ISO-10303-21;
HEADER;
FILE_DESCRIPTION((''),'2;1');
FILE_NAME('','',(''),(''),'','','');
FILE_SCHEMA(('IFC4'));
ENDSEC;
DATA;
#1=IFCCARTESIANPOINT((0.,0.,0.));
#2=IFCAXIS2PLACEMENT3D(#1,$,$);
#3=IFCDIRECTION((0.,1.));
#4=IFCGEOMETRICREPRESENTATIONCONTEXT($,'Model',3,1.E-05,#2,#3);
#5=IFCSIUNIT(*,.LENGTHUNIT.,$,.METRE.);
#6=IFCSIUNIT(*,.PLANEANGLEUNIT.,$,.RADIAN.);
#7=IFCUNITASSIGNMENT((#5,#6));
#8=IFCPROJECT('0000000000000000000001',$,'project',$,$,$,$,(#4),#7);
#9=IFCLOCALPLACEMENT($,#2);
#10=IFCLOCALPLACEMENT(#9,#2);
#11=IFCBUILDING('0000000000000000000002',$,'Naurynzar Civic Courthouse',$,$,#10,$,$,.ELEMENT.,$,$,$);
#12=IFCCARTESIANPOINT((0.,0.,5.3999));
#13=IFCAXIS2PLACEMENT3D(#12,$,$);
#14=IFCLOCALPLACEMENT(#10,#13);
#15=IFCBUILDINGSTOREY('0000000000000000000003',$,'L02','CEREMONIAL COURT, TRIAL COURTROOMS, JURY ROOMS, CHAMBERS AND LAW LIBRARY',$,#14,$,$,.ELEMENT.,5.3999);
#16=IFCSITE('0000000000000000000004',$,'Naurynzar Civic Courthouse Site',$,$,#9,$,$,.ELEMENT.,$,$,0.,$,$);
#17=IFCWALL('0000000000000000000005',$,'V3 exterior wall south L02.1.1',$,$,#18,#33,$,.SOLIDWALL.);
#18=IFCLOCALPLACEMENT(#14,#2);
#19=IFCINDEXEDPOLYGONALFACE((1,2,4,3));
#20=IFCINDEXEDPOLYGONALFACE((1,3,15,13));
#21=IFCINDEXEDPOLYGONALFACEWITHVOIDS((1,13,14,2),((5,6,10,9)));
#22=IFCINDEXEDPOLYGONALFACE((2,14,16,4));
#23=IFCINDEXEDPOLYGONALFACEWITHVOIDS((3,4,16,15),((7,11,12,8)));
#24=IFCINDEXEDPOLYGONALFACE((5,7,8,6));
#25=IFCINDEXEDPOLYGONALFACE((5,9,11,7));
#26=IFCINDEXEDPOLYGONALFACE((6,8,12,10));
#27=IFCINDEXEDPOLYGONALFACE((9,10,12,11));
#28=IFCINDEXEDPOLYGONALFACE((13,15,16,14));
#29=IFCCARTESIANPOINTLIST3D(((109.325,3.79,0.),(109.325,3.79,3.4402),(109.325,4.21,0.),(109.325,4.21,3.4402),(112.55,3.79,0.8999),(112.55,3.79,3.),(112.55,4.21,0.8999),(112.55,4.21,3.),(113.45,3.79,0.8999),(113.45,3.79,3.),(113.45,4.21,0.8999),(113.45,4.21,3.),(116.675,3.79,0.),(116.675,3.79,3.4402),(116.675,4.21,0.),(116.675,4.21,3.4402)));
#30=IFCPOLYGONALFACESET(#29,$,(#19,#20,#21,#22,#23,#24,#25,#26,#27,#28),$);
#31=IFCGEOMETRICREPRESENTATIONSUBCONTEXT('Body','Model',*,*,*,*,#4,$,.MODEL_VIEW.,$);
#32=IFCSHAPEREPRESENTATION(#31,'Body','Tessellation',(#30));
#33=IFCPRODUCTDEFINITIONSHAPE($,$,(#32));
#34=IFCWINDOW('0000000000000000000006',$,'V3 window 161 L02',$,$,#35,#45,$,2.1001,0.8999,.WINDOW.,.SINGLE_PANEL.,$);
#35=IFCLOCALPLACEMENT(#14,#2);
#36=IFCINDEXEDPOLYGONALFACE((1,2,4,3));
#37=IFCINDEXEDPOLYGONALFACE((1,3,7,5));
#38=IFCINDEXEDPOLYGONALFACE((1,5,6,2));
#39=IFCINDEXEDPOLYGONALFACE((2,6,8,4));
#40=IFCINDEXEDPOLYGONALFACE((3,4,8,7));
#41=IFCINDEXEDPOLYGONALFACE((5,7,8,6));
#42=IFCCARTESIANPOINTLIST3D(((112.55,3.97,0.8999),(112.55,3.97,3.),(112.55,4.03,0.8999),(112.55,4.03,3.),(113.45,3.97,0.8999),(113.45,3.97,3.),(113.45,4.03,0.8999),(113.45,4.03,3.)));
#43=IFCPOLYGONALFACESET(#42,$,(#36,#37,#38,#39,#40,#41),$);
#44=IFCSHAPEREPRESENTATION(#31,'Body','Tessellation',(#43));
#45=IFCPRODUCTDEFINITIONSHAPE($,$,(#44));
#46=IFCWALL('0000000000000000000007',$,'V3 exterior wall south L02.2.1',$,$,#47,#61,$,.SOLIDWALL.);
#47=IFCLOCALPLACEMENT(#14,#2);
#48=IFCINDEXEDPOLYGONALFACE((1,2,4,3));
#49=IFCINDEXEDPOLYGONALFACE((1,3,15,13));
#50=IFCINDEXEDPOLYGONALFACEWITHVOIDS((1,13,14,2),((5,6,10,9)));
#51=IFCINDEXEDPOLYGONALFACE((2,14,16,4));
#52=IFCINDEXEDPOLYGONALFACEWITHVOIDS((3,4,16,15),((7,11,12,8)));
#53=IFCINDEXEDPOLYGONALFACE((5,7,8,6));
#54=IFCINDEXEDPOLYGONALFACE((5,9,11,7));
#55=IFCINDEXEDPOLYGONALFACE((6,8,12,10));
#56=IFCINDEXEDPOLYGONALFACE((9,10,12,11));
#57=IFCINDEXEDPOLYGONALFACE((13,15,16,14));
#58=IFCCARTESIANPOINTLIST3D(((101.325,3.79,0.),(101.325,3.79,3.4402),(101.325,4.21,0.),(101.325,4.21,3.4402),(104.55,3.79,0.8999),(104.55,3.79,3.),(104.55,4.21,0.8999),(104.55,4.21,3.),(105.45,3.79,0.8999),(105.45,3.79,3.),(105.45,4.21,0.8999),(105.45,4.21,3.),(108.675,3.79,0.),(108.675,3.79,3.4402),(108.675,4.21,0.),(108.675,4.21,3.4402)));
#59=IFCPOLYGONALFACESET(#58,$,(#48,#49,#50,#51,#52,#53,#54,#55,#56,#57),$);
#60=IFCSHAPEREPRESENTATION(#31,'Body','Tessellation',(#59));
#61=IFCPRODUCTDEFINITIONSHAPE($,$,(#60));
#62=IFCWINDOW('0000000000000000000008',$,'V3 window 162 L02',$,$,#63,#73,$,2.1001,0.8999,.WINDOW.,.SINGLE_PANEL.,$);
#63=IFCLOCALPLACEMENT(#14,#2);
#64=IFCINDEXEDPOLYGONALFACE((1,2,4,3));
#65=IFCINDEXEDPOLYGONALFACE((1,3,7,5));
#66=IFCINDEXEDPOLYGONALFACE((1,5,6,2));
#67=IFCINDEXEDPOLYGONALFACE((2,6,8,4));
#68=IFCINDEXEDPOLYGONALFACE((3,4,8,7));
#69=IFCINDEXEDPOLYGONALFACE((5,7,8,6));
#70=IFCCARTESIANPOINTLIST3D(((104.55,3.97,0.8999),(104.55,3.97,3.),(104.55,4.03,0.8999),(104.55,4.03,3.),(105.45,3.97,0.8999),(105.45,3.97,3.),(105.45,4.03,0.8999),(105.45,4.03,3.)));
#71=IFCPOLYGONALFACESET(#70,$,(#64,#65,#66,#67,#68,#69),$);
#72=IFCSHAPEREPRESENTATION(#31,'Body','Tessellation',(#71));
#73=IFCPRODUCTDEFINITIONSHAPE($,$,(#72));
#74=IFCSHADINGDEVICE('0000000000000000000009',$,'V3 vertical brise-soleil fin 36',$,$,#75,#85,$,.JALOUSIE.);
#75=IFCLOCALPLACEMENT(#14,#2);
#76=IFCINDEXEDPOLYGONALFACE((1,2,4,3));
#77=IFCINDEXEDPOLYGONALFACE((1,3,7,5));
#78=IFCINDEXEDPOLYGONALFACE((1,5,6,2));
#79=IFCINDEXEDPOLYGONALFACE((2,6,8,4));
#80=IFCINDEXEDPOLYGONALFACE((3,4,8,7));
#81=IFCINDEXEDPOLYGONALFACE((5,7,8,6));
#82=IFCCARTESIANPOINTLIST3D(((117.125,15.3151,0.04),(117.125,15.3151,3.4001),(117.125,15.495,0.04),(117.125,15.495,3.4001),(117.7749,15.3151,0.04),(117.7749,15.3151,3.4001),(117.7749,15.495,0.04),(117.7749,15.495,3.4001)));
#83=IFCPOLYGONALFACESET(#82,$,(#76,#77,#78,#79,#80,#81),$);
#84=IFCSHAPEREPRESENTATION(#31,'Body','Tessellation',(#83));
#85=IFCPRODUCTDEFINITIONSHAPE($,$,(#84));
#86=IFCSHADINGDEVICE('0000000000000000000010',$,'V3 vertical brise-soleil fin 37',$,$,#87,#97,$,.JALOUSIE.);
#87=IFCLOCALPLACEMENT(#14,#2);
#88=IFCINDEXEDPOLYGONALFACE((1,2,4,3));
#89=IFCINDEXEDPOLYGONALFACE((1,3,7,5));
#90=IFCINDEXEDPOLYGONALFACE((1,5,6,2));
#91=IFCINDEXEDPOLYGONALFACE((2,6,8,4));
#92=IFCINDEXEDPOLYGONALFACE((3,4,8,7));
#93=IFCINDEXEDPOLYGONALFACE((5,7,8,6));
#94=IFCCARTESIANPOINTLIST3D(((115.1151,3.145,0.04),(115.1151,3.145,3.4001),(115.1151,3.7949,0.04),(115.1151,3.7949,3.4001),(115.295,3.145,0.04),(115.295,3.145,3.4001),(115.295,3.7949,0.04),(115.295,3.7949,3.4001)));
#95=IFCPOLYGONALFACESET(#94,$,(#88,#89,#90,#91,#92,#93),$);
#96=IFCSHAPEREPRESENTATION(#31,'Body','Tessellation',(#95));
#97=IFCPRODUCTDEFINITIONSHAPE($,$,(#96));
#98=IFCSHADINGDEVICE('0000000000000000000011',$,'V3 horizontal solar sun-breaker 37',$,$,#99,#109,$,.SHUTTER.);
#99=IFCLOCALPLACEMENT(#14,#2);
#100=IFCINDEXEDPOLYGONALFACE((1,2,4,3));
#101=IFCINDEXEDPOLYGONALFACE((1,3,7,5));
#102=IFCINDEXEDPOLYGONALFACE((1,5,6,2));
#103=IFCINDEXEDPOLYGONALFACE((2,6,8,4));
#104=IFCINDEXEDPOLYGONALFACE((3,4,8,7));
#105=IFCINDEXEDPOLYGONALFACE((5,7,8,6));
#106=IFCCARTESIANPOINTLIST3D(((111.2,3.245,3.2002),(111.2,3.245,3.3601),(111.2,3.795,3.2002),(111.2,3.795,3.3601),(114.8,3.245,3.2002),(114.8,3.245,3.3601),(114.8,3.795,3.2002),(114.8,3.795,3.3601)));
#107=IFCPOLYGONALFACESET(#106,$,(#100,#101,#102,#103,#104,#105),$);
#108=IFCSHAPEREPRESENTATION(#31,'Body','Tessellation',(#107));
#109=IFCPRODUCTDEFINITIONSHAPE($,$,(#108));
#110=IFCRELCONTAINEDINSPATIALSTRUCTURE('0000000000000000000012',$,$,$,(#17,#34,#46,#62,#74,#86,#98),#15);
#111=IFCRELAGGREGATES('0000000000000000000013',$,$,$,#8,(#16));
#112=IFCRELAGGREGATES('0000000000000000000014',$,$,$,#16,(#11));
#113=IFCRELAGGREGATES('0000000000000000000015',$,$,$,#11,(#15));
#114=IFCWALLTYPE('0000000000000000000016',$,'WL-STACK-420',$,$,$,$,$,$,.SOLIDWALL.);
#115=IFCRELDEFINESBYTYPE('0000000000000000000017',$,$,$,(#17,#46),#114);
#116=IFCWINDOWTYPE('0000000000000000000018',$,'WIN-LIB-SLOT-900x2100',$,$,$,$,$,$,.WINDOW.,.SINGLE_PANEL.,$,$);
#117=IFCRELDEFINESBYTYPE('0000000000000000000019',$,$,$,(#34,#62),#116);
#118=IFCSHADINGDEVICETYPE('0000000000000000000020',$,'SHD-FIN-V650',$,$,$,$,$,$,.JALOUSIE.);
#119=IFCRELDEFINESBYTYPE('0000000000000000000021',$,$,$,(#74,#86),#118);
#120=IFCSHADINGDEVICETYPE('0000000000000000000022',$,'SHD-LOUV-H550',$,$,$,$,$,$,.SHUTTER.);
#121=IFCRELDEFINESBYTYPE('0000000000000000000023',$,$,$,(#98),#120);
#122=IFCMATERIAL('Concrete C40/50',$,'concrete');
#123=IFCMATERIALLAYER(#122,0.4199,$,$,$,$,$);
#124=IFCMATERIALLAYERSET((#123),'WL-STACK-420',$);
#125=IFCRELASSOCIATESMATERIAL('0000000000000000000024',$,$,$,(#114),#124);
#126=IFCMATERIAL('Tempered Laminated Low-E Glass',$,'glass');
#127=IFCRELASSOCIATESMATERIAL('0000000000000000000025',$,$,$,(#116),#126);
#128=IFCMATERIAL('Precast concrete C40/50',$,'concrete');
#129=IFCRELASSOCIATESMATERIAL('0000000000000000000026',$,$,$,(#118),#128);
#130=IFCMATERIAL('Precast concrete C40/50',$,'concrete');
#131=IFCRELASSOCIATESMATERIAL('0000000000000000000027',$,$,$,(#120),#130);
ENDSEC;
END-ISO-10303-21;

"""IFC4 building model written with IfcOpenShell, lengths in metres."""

from ifc_helpers import new_model, si_unit, direction, frame, frame_2d, origin, origin_2d, place, context, subcontext, project, spatial, rectangle, extrude, material, layer, layer_set, type_object, element, fill, save


model = new_model("IFC4")

# Units and contexts
model_context = context("Model", 3, precision=1e-05, world=origin(), true_north=direction((0.0, 1.0)))
body_context = subcontext(model_context, "Body", "Model", "MODEL_VIEW")
ifc_project = project(units=[si_unit("LENGTHUNIT", "METRE"), si_unit("PLANEANGLEUNIT", "RADIAN")], contexts=[model_context])

# Site, building, storey
site_placement = place(None, origin())
site = spatial("IfcSite", under=ifc_project, at=site_placement, Name="Naurynzar Civic Courthouse Site", CompositionType="ELEMENT", RefElevation=0.0)
building_placement = place(site_placement, origin())
building = spatial("IfcBuilding", under=site, at=building_placement, Name="Naurynzar Civic Courthouse", CompositionType="ELEMENT")
storey_placement = place(building_placement, frame((0.0, 0.0, 5.3999)))
storey = spatial("IfcBuildingStorey", under=building, at=storey_placement, Name="L02", Description="CEREMONIAL COURT, TRIAL COURTROOMS, JURY ROOMS, CHAMBERS AND LAW LIBRARY", CompositionType="ELEMENT", Elevation=5.3999)

# Walls, openings, windows
ifc_material_1 = material(Name="Concrete C40/50", Category="concrete")
ifc_layer_1 = layer(ifc_material_1, 0.4199)
ifc_layer_set_1 = layer_set([ifc_layer_1], Name="WL-STACK-420")
wall_type_1 = type_object("IfcWallType", Name="WL-STACK-420", PredefinedType="SOLIDWALL", material=ifc_layer_set_1)
wall_1_placement = place(storey_placement, frame((116.675, 4.0, 0.0), z_axis=(0.0, 0.0, 1.0), x_axis=(-1.0, 0.0, 0.0)))
wall_1 = element("IfcWall", 1, at=wall_1_placement, inside=storey, type_object=wall_type_1, Name="V3 exterior wall south L02.1.1", PredefinedType="SOLIDWALL", context=body_context, shape_type="SweptSolid", body=[
    extrude(rectangle(XDim=7.3501, YDim=0.4199, at=frame_2d((3.675, 0.0))), origin(), (0.0, 0.0, 1.0), 3.4402),
])
opening_1_placement = place(wall_1_placement, frame((3.2251, 0.0, 0.8999)))
opening_1 = element("IfcOpeningElement", 2, at=opening_1_placement, cuts=wall_1, PredefinedType="OPENING", context=body_context, shape_type="SweptSolid", body=[
    extrude(rectangle(XDim=0.8999, YDim=2.1001, at=frame_2d((0.45, 1.05))), frame((0.0, 0.22, 0.0), z_axis=(0.0, -1.0, 0.0), x_axis=(1.0, 0.0, 0.0)), (0.0, 0.0, 1.0), 0.4399),
])
ifc_material_2 = material(Name="Tempered Laminated Low-E Glass", Category="glass")
window_type_1 = type_object("IfcWindowType", Name="WIN-LIB-SLOT-900x2100", PartitioningType="SINGLE_PANEL", PredefinedType="WINDOW", material=ifc_material_2)
window_1_placement = place(opening_1_placement, origin())
window_1 = element("IfcWindow", 3, at=window_1_placement, inside=storey, type_object=window_type_1, Name="V3 window 161 L02", OverallHeight=2.1001, OverallWidth=0.8999, PartitioningType="SINGLE_PANEL", PredefinedType="WINDOW", context=body_context, shape_type="SweptSolid", body=[
    extrude(rectangle(XDim=0.8999, YDim=2.1001, at=frame_2d((0.45, 1.05))), frame((0.0, 0.03, 0.0), z_axis=(0.0, -1.0, 0.0), x_axis=(1.0, 0.0, 0.0)), (0.0, 0.0, 1.0), 0.0601),
])
fill(opening_1, window_1)
wall_2_placement = place(storey_placement, frame((108.675, 4.0, 0.0), z_axis=(0.0, 0.0, 1.0), x_axis=(-1.0, 0.0, 0.0)))
wall_2 = element("IfcWall", 4, at=wall_2_placement, inside=storey, type_object=wall_type_1, Name="V3 exterior wall south L02.2.1", PredefinedType="SOLIDWALL", context=body_context, shape_type="SweptSolid", body=[
    extrude(rectangle(XDim=7.3501, YDim=0.4199, at=frame_2d((3.675, 0.0))), origin(), (0.0, 0.0, 1.0), 3.4402),
])
opening_2_placement = place(wall_2_placement, frame((3.2251, 0.0, 0.8999)))
opening_2 = element("IfcOpeningElement", 5, at=opening_2_placement, cuts=wall_2, PredefinedType="OPENING", context=body_context, shape_type="SweptSolid", body=[
    extrude(rectangle(XDim=0.8999, YDim=2.1001, at=frame_2d((0.45, 1.05))), frame((0.0, 0.22, 0.0), z_axis=(0.0, -1.0, 0.0), x_axis=(1.0, 0.0, 0.0)), (0.0, 0.0, 1.0), 0.4399),
])
window_2_placement = place(opening_2_placement, origin())
window_2 = element("IfcWindow", 6, at=window_2_placement, inside=storey, type_object=window_type_1, Name="V3 window 162 L02", OverallHeight=2.1001, OverallWidth=0.8999, PartitioningType="SINGLE_PANEL", PredefinedType="WINDOW", context=body_context, shape_type="SweptSolid", body=[
    extrude(rectangle(XDim=0.8999, YDim=2.1001, at=frame_2d((0.45, 1.05))), frame((0.0, 0.03, 0.0), z_axis=(0.0, -1.0, 0.0), x_axis=(1.0, 0.0, 0.0)), (0.0, 0.0, 1.0), 0.0601),
])
fill(opening_2, window_2)

# Shading devices
ifc_material_3 = material(Name="Precast concrete C40/50", Category="concrete")
shading_device_type_1 = type_object("IfcShadingDeviceType", Name="SHD-FIN-V650", PredefinedType="JALOUSIE", material=ifc_material_3)
for number, where, z_axis, x_axis, name in (
    (7, (117.45, 15.405, 0.04), (0.0, 0.0, 1.0), (0.0, -1.0, 0.0), "V3 vertical brise-soleil fin 36"),
    (8, (115.2051, 3.47, 0.04), (0.0, 0.0, 1.0), (-1.0, 0.0, 0.0), "V3 vertical brise-soleil fin 37"),
):
    element("IfcShadingDevice", number, at=place(storey_placement, frame(where, z_axis=z_axis, x_axis=x_axis)), inside=storey, type_object=shading_device_type_1, Name=name, PredefinedType="JALOUSIE", context=body_context, shape_type="SweptSolid", body=[
        extrude(rectangle(XDim=0.1799, YDim=0.6499, at=origin_2d()), origin(), (0.0, 0.0, 1.0), 3.3601),
    ])
ifc_material_4 = material(Name="Precast concrete C40/50", Category="concrete")
shading_device_type_2 = type_object("IfcShadingDeviceType", Name="SHD-LOUV-H550", PredefinedType="SHUTTER", material=ifc_material_4)
shading_device_placement = place(storey_placement, frame((113.0, 3.52, 3.2002), z_axis=(0.0, 0.0, 1.0), x_axis=(-1.0, 0.0, 0.0)))
element("IfcShadingDevice", 9, at=shading_device_placement, inside=storey, type_object=shading_device_type_2, Name="V3 horizontal solar sun-breaker 37", PredefinedType="SHUTTER", context=body_context, shape_type="SweptSolid", body=[
    extrude(rectangle(XDim=3.6001, YDim=0.55, at=origin_2d()), origin(), (0.0, 0.0, 1.0), 0.1599),
])

save(model, "model.ifc")
